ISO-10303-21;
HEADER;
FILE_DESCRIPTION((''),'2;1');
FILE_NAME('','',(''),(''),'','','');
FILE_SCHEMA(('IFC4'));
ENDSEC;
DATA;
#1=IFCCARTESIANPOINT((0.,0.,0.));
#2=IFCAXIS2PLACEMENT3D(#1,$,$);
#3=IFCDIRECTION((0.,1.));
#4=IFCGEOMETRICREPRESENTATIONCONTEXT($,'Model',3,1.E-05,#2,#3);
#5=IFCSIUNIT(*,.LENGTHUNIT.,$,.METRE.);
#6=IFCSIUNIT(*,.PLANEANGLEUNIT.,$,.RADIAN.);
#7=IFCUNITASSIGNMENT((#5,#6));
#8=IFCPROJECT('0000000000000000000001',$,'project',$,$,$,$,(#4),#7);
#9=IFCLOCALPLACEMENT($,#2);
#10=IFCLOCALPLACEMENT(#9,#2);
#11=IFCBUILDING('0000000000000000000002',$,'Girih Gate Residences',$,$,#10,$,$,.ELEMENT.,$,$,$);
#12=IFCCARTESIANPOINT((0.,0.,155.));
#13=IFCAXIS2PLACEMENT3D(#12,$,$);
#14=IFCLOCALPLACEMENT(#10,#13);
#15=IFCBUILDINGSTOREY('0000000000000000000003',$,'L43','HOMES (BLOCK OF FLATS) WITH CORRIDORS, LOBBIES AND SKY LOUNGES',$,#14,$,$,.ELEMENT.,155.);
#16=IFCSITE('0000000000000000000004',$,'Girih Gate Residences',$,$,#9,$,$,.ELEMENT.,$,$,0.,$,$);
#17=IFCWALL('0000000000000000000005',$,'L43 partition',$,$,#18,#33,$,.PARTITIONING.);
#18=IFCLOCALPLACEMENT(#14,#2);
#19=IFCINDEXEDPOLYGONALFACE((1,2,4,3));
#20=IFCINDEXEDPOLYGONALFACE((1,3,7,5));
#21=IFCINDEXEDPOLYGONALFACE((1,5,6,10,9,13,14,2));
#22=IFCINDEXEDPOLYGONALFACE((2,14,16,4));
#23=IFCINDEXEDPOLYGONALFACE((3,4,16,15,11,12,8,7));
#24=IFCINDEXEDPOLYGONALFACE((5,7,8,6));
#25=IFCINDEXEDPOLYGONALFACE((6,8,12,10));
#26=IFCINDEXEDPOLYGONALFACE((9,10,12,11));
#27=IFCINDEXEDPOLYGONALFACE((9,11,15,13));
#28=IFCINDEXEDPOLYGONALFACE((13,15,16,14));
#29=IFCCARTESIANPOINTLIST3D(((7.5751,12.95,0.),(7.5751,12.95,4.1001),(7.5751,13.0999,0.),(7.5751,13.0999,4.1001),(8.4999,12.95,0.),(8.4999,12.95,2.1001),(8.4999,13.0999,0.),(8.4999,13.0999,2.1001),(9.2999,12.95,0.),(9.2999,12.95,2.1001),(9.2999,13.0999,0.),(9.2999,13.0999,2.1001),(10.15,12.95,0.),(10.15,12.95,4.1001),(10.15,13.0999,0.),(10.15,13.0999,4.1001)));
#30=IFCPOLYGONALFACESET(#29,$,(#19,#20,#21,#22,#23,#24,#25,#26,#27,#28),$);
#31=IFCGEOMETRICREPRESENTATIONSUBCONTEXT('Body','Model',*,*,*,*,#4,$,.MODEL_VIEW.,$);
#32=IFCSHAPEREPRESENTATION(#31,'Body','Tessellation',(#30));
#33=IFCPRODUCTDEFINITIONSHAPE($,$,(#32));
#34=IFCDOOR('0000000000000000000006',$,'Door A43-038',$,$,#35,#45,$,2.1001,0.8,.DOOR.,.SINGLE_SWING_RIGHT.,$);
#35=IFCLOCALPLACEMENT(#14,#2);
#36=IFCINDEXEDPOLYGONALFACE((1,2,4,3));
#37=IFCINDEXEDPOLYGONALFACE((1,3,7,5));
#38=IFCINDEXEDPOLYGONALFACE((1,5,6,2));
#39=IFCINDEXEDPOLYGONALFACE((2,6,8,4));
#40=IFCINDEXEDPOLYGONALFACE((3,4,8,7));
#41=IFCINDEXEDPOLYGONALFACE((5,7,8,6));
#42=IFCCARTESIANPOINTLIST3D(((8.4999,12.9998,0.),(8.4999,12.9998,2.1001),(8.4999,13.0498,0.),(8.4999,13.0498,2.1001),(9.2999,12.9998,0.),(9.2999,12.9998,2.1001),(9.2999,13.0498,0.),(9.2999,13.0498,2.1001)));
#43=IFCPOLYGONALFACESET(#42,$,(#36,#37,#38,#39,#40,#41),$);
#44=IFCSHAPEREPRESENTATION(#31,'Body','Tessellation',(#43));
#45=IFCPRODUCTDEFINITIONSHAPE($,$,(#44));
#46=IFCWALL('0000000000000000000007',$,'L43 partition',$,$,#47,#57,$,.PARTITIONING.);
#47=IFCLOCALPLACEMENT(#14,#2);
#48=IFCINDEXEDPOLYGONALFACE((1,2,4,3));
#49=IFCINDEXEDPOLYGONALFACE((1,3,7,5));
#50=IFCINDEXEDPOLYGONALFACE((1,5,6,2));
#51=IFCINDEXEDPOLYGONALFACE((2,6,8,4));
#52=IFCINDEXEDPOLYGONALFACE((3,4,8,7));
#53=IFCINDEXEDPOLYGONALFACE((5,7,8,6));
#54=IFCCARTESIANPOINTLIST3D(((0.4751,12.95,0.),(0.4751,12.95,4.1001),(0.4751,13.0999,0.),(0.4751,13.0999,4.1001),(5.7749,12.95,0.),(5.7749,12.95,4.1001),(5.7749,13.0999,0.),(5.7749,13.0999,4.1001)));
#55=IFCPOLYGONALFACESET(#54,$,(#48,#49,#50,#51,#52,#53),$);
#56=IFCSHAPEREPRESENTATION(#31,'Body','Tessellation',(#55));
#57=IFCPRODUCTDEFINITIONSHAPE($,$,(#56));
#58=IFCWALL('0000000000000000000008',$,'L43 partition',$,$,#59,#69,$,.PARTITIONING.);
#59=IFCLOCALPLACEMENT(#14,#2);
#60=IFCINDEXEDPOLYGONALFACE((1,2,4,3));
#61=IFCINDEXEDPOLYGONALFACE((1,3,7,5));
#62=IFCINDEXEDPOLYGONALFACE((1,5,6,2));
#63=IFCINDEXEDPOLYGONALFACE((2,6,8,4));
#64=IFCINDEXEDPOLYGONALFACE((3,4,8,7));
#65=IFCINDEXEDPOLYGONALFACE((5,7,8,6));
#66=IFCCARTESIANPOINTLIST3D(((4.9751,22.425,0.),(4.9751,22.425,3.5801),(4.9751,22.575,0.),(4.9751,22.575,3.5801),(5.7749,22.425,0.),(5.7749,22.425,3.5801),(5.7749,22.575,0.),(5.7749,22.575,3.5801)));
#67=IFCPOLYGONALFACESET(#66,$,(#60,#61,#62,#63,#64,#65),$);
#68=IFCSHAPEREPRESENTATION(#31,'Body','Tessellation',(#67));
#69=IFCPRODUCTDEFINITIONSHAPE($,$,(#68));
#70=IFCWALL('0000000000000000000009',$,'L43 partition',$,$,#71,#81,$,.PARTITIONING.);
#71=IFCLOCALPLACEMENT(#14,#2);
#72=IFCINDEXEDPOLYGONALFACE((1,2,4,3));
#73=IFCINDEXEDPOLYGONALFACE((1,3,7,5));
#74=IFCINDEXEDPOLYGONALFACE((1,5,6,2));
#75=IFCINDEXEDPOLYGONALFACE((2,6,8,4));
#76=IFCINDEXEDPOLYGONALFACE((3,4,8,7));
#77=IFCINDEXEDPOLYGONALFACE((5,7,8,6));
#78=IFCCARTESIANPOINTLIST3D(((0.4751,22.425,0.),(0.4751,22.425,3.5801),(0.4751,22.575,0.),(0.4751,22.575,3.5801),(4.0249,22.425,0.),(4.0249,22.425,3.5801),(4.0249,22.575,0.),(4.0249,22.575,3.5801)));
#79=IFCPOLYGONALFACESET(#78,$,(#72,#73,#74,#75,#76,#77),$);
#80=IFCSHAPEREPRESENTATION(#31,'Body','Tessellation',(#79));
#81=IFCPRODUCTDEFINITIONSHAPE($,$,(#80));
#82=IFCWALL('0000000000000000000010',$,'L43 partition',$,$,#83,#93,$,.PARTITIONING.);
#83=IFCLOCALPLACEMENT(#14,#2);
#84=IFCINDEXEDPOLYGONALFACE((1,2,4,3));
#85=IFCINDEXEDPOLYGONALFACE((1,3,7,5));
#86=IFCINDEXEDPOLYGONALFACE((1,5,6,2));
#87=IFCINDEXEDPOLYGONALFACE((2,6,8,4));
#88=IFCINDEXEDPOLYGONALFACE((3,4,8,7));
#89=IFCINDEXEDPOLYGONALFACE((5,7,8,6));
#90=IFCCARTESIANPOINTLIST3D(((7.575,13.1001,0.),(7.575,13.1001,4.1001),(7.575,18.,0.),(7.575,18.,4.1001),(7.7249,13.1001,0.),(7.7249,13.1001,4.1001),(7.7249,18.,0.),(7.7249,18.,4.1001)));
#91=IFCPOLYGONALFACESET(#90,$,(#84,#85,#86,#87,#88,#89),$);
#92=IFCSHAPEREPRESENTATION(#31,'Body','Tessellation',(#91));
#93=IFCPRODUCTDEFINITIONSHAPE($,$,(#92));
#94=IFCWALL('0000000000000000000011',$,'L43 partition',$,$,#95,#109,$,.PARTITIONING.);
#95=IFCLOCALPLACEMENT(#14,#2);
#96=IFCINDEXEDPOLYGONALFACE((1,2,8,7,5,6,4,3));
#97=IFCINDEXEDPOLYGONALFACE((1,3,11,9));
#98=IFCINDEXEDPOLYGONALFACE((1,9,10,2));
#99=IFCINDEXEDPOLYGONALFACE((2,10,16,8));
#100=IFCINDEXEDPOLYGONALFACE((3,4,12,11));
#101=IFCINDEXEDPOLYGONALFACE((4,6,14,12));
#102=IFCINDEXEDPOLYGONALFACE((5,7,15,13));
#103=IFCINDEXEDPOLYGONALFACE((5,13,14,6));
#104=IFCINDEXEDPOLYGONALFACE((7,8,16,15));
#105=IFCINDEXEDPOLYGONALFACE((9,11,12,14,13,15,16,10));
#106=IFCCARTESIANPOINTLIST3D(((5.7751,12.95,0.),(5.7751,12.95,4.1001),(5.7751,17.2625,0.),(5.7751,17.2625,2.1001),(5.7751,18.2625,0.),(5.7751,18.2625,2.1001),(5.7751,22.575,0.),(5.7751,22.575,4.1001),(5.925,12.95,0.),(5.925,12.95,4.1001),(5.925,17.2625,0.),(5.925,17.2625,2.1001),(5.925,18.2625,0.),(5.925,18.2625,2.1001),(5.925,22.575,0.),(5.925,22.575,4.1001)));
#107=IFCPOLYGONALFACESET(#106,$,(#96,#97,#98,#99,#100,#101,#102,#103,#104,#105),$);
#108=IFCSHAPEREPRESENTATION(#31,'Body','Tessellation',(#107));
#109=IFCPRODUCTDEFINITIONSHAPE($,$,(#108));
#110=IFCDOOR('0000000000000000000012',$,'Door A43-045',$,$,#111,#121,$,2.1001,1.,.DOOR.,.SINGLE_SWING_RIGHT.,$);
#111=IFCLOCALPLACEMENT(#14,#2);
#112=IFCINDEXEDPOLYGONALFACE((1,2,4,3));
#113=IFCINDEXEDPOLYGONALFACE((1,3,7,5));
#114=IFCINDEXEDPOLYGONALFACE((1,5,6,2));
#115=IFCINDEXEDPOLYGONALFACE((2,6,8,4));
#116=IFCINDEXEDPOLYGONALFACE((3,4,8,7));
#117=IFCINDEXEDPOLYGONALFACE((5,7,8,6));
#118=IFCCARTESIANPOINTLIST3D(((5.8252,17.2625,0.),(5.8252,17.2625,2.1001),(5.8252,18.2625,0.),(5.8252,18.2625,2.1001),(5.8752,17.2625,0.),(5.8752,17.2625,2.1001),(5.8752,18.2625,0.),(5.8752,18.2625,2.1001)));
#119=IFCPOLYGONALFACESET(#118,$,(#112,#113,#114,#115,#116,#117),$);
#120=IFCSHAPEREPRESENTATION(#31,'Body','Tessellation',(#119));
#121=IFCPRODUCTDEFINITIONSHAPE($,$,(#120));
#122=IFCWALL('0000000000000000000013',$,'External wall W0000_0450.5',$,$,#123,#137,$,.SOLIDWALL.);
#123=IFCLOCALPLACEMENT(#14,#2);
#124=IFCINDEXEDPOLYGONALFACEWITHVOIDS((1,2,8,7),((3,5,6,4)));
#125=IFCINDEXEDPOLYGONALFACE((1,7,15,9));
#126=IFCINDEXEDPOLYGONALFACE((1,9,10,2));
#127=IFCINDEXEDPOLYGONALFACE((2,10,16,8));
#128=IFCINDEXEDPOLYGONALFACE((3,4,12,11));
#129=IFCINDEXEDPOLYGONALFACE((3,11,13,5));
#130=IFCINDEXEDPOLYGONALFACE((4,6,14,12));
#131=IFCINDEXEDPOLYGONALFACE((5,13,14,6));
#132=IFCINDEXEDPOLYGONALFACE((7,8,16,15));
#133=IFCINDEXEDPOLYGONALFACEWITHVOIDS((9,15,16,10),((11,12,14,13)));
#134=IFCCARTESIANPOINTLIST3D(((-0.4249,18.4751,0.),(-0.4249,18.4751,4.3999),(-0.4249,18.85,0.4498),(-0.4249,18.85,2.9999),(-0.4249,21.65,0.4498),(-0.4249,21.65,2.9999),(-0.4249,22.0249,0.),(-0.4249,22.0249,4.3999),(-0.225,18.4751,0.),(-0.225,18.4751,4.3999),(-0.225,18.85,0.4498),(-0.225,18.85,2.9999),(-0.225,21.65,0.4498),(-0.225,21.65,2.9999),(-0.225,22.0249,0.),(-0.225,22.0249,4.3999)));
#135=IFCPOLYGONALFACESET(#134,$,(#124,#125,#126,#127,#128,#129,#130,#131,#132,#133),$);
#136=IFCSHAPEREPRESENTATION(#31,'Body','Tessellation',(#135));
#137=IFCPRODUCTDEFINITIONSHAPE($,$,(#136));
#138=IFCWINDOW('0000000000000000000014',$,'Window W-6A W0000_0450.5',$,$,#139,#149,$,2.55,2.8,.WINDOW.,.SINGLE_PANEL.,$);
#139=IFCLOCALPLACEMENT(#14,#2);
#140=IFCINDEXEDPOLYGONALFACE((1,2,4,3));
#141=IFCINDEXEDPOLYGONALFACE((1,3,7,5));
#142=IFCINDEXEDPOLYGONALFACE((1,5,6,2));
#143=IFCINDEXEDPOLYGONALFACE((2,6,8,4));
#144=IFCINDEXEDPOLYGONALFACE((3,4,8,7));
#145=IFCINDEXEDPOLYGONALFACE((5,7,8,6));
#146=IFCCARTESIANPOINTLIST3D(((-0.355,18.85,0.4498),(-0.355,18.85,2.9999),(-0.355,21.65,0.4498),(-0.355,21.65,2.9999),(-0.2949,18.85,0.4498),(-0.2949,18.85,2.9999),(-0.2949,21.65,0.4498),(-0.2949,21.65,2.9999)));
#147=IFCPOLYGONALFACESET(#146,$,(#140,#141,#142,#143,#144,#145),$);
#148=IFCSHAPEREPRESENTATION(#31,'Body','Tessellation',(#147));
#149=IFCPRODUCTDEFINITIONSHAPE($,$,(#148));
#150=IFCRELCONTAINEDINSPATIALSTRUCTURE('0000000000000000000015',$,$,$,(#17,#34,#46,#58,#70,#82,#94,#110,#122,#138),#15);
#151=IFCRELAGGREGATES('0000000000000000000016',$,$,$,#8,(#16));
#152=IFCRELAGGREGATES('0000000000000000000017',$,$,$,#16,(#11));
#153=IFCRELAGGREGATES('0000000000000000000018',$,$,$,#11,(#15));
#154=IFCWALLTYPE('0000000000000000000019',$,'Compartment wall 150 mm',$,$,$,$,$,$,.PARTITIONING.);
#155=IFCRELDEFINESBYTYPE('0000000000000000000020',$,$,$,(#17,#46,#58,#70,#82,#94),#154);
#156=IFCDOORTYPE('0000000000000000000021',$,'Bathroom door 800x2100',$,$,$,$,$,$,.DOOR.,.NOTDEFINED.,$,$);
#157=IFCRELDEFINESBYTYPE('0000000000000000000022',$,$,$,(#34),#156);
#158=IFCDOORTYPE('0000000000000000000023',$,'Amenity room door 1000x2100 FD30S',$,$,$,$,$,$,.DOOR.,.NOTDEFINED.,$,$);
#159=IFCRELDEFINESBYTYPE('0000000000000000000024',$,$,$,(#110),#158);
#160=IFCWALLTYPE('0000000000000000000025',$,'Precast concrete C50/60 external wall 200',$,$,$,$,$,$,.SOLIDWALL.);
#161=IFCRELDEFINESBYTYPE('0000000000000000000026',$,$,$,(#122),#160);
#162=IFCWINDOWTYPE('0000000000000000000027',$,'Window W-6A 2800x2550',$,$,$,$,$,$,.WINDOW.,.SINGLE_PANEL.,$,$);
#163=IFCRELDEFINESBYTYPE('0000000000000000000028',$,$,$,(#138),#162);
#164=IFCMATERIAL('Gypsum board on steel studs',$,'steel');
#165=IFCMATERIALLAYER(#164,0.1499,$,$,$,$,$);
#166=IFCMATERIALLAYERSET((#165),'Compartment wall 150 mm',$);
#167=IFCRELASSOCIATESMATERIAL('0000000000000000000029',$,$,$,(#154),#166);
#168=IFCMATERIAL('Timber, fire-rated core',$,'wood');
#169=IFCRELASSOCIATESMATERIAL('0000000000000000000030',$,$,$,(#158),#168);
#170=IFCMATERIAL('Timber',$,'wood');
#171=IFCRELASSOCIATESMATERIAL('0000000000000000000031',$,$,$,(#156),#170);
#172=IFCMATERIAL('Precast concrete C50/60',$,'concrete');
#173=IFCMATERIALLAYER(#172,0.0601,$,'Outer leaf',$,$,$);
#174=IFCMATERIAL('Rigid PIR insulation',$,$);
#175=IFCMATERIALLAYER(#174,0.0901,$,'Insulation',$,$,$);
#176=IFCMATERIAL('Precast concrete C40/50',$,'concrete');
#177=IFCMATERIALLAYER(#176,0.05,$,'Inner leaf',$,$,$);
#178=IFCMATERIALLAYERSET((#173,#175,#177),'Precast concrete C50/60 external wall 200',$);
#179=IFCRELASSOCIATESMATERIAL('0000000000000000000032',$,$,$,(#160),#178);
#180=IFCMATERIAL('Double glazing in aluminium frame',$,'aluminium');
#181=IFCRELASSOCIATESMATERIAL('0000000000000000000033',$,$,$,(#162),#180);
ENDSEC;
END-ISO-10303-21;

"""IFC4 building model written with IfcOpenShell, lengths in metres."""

from ifc_helpers import new_model, si_unit, direction, frame, frame_2d, origin, place, context, subcontext, project, spatial, rectangle, extrude, material, layer, layer_set, type_object, element, fill, save


model = new_model("IFC4")

# Units and contexts
model_context = context("Model", 3, precision=1e-05, world=origin(), true_north=direction((0.0, 1.0)))
body_context = subcontext(model_context, "Body", "Model", "MODEL_VIEW")
ifc_project = project(units=[si_unit("LENGTHUNIT", "METRE"), si_unit("PLANEANGLEUNIT", "RADIAN")], contexts=[model_context])

# Site, building, storey
site_placement = place(None, origin())
site = spatial("IfcSite", under=ifc_project, at=site_placement, Name="Girih Gate Residences", CompositionType="ELEMENT", RefElevation=0.0)
building_placement = place(site_placement, origin())
building = spatial("IfcBuilding", under=site, at=building_placement, Name="Girih Gate Residences", CompositionType="ELEMENT")
storey_placement = place(building_placement, frame((0.0, 0.0, 155.0)))
storey = spatial("IfcBuildingStorey", under=building, at=storey_placement, Name="L43", Description="HOMES (BLOCK OF FLATS) WITH CORRIDORS, LOBBIES AND SKY LOUNGES", CompositionType="ELEMENT", Elevation=155.0)

# Shared definitions
ifc_material_1 = material(Name="Gypsum board on steel studs", Category="steel")
ifc_layer_1 = layer(ifc_material_1, 0.1499)
ifc_layer_set_1 = layer_set([ifc_layer_1], Name="Compartment wall 150 mm")
wall_type_1 = type_object("IfcWallType", Name="Compartment wall 150 mm", PredefinedType="PARTITIONING", material=ifc_layer_set_1)

# Shared definitions
ifc_material_2 = material(Name="Timber, fire-rated core", Category="wood")
door_type_1 = type_object("IfcDoorType", Name="Amenity room door 1000x2100 FD30S", OperationType="NOTDEFINED", PredefinedType="DOOR", material=ifc_material_2)

# Wall, opening, door
wall_1_placement = place(storey_placement, frame((7.575, 13.0249, 0.0), z_axis=(0.0, 0.0, 1.0), x_axis=(1.0, 0.0, 0.0)))
wall_1 = element("IfcWall", 1, at=wall_1_placement, inside=storey, type_object=wall_type_1, Name="L43 partition", PredefinedType="PARTITIONING", context=body_context, shape_type="SweptSolid", body=[
    extrude(rectangle(XDim=2.575, YDim=0.1499, at=frame_2d((1.2876, 0.0))), origin(), (0.0, 0.0, 1.0), 4.1001),
])
opening_1_placement = place(wall_1_placement, frame((0.925, 0.0, 0.0)))
opening_1 = element("IfcOpeningElement", 2, at=opening_1_placement, cuts=wall_1, PredefinedType="OPENING", context=body_context, shape_type="SweptSolid", body=[
    extrude(rectangle(XDim=0.8, YDim=2.1001, at=frame_2d((0.3999, 1.05))), frame((0.0, 0.085, 0.0), z_axis=(0.0, -1.0, 0.0), x_axis=(1.0, 0.0, 0.0)), (0.0, 0.0, 1.0), 0.1699),
])
ifc_material_3 = material(Name="Timber", Category="wood")
door_type_2 = type_object("IfcDoorType", Name="Bathroom door 800x2100", OperationType="NOTDEFINED", PredefinedType="DOOR", material=ifc_material_3)
door_1_placement = place(opening_1_placement, origin())
door_1 = element("IfcDoor", 3, at=door_1_placement, inside=storey, type_object=door_type_2, Name="Door A43-038", OperationType="SINGLE_SWING_RIGHT", OverallHeight=2.1001, OverallWidth=0.8, PredefinedType="DOOR", context=body_context, shape_type="SweptSolid", body=[
    extrude(rectangle(XDim=0.8, YDim=2.1001, at=frame_2d((0.3999, 1.05))), frame((0.0, 0.0249, 0.0), z_axis=(0.0, -1.0, 0.0), x_axis=(1.0, 0.0, 0.0)), (0.0, 0.0, 1.0), 0.05),
])
fill(opening_1, door_1)

# Walls
wall_2_placement = place(storey_placement, frame((0.4751, 13.0249, 0.0), z_axis=(0.0, 0.0, 1.0), x_axis=(1.0, 0.0, 0.0)))
element("IfcWall", 4, at=wall_2_placement, inside=storey, type_object=wall_type_1, Name="L43 partition", PredefinedType="PARTITIONING", context=body_context, shape_type="SweptSolid", body=[
    extrude(rectangle(XDim=5.2998, YDim=0.1499, at=frame_2d((2.6499, 0.0))), origin(), (0.0, 0.0, 1.0), 4.1001),
])
wall_3_placement = place(storey_placement, frame((4.9751, 22.5, 0.0), z_axis=(0.0, 0.0, 1.0), x_axis=(1.0, 0.0, 0.0)))
element("IfcWall", 5, at=wall_3_placement, inside=storey, type_object=wall_type_1, Name="L43 partition", PredefinedType="PARTITIONING", context=body_context, shape_type="SweptSolid", body=[
    extrude(rectangle(XDim=0.7998, YDim=0.1499, at=frame_2d((0.3999, 0.0))), origin(), (0.0, 0.0, 1.0), 3.5801),
])
wall_4_placement = place(storey_placement, frame((0.4751, 22.5, 0.0), z_axis=(0.0, 0.0, 1.0), x_axis=(1.0, 0.0, 0.0)))
element("IfcWall", 6, at=wall_4_placement, inside=storey, type_object=wall_type_1, Name="L43 partition", PredefinedType="PARTITIONING", context=body_context, shape_type="SweptSolid", body=[
    extrude(rectangle(XDim=3.5498, YDim=0.1499, at=frame_2d((1.7749, 0.0))), origin(), (0.0, 0.0, 1.0), 3.5801),
])
wall_5_placement = place(storey_placement, frame((7.6499, 13.1001, 0.0), z_axis=(0.0, 0.0, 1.0), x_axis=(0.0, 1.0, 0.0)))
element("IfcWall", 7, at=wall_5_placement, inside=storey, type_object=wall_type_1, Name="L43 partition", PredefinedType="PARTITIONING", context=body_context, shape_type="SweptSolid", body=[
    extrude(rectangle(XDim=4.8999, YDim=0.1499, at=frame_2d((2.45, 0.0))), origin(), (0.0, 0.0, 1.0), 4.1001),
])

# Wall, opening, door
wall_6_placement = place(storey_placement, frame((5.8501, 12.95, 0.0), z_axis=(0.0, 0.0, 1.0), x_axis=(0.0, 1.0, 0.0)))
wall_6 = element("IfcWall", 8, at=wall_6_placement, inside=storey, type_object=wall_type_1, Name="L43 partition", PredefinedType="PARTITIONING", context=body_context, shape_type="SweptSolid", body=[
    extrude(rectangle(XDim=9.625, YDim=0.1499, at=frame_2d((4.8125, 0.0))), origin(), (0.0, 0.0, 1.0), 4.1001),
])
opening_2_placement = place(wall_6_placement, frame((4.3125, 0.0, 0.0)))
opening_2 = element("IfcOpeningElement", 9, at=opening_2_placement, cuts=wall_6, PredefinedType="OPENING", context=body_context, shape_type="SweptSolid", body=[
    extrude(rectangle(XDim=1.0, YDim=2.1001, at=frame_2d((0.5, 1.05))), frame((0.0, 0.085, 0.0), z_axis=(0.0, -1.0, 0.0), x_axis=(1.0, 0.0, 0.0)), (0.0, 0.0, 1.0), 0.1699),
])
door_2_placement = place(opening_2_placement, origin())
door_2 = element("IfcDoor", 10, at=door_2_placement, inside=storey, type_object=door_type_1, Name="Door A43-045", OperationType="SINGLE_SWING_RIGHT", OverallHeight=2.1001, OverallWidth=1.0, PredefinedType="DOOR", context=body_context, shape_type="SweptSolid", body=[
    extrude(rectangle(XDim=1.0, YDim=2.1001, at=frame_2d((0.5, 1.05))), frame((0.0, 0.0249, 0.0), z_axis=(0.0, -1.0, 0.0), x_axis=(1.0, 0.0, 0.0)), (0.0, 0.0, 1.0), 0.05),
])
fill(opening_2, door_2)

# Wall, opening, window
ifc_material_4 = material(Name="Precast concrete C50/60", Category="concrete")
ifc_layer_2 = layer(ifc_material_4, 0.0601, Name="Outer leaf")
ifc_material_5 = material(Name="Rigid PIR insulation")
ifc_layer_3 = layer(ifc_material_5, 0.0901, Name="Insulation")
ifc_material_6 = material(Name="Precast concrete C40/50", Category="concrete")
ifc_layer_4 = layer(ifc_material_6, 0.05, Name="Inner leaf")
ifc_layer_set_2 = layer_set([ifc_layer_2, ifc_layer_3, ifc_layer_4], Name="Precast concrete C50/60 external wall 200")
wall_type_2 = type_object("IfcWallType", Name="Precast concrete C50/60 external wall 200", PredefinedType="SOLIDWALL", material=ifc_layer_set_2)
wall_7_placement = place(storey_placement, frame((-0.325, 18.4751, 0.0), z_axis=(0.0, 0.0, 1.0), x_axis=(0.0, 1.0, 0.0)))
wall_7 = element("IfcWall", 11, at=wall_7_placement, inside=storey, type_object=wall_type_2, Name="External wall W0000_0450.5", PredefinedType="SOLIDWALL", context=body_context, shape_type="SweptSolid", body=[
    extrude(rectangle(XDim=3.5498, YDim=0.2, at=frame_2d((1.7749, 0.0))), origin(), (0.0, 0.0, 1.0), 4.3999),
])
opening_3_placement = place(wall_7_placement, frame((0.375, 0.0, 0.45)))
opening_3 = element("IfcOpeningElement", 12, at=opening_3_placement, cuts=wall_7, PredefinedType="OPENING", context=body_context, shape_type="SweptSolid", body=[
    extrude(rectangle(XDim=2.8, YDim=2.55, at=frame_2d((1.3999, 1.2749))), frame((0.0, 0.1099, 0.0), z_axis=(0.0, -1.0, 0.0), x_axis=(1.0, 0.0, 0.0)), (0.0, 0.0, 1.0), 0.22),
])
ifc_material_7 = material(Name="Double glazing in aluminium frame", Category="aluminium")
window_type = type_object("IfcWindowType", Name="Window W-6A 2800x2550", PartitioningType="SINGLE_PANEL", PredefinedType="WINDOW", material=ifc_material_7)
window_1_placement = place(opening_3_placement, origin())
window_1 = element("IfcWindow", 13, at=window_1_placement, inside=storey, type_object=window_type, Name="Window W-6A W0000_0450.5", OverallHeight=2.55, OverallWidth=2.8, PartitioningType="SINGLE_PANEL", PredefinedType="WINDOW", context=body_context, shape_type="SweptSolid", body=[
    extrude(rectangle(XDim=2.8, YDim=2.55, at=frame_2d((1.3999, 1.2749))), frame((0.0, 0.03, 0.0), z_axis=(0.0, -1.0, 0.0), x_axis=(1.0, 0.0, 0.0)), (0.0, 0.0, 1.0), 0.0601),
])
fill(opening_3, window_1)

save(model, "model.ifc")
